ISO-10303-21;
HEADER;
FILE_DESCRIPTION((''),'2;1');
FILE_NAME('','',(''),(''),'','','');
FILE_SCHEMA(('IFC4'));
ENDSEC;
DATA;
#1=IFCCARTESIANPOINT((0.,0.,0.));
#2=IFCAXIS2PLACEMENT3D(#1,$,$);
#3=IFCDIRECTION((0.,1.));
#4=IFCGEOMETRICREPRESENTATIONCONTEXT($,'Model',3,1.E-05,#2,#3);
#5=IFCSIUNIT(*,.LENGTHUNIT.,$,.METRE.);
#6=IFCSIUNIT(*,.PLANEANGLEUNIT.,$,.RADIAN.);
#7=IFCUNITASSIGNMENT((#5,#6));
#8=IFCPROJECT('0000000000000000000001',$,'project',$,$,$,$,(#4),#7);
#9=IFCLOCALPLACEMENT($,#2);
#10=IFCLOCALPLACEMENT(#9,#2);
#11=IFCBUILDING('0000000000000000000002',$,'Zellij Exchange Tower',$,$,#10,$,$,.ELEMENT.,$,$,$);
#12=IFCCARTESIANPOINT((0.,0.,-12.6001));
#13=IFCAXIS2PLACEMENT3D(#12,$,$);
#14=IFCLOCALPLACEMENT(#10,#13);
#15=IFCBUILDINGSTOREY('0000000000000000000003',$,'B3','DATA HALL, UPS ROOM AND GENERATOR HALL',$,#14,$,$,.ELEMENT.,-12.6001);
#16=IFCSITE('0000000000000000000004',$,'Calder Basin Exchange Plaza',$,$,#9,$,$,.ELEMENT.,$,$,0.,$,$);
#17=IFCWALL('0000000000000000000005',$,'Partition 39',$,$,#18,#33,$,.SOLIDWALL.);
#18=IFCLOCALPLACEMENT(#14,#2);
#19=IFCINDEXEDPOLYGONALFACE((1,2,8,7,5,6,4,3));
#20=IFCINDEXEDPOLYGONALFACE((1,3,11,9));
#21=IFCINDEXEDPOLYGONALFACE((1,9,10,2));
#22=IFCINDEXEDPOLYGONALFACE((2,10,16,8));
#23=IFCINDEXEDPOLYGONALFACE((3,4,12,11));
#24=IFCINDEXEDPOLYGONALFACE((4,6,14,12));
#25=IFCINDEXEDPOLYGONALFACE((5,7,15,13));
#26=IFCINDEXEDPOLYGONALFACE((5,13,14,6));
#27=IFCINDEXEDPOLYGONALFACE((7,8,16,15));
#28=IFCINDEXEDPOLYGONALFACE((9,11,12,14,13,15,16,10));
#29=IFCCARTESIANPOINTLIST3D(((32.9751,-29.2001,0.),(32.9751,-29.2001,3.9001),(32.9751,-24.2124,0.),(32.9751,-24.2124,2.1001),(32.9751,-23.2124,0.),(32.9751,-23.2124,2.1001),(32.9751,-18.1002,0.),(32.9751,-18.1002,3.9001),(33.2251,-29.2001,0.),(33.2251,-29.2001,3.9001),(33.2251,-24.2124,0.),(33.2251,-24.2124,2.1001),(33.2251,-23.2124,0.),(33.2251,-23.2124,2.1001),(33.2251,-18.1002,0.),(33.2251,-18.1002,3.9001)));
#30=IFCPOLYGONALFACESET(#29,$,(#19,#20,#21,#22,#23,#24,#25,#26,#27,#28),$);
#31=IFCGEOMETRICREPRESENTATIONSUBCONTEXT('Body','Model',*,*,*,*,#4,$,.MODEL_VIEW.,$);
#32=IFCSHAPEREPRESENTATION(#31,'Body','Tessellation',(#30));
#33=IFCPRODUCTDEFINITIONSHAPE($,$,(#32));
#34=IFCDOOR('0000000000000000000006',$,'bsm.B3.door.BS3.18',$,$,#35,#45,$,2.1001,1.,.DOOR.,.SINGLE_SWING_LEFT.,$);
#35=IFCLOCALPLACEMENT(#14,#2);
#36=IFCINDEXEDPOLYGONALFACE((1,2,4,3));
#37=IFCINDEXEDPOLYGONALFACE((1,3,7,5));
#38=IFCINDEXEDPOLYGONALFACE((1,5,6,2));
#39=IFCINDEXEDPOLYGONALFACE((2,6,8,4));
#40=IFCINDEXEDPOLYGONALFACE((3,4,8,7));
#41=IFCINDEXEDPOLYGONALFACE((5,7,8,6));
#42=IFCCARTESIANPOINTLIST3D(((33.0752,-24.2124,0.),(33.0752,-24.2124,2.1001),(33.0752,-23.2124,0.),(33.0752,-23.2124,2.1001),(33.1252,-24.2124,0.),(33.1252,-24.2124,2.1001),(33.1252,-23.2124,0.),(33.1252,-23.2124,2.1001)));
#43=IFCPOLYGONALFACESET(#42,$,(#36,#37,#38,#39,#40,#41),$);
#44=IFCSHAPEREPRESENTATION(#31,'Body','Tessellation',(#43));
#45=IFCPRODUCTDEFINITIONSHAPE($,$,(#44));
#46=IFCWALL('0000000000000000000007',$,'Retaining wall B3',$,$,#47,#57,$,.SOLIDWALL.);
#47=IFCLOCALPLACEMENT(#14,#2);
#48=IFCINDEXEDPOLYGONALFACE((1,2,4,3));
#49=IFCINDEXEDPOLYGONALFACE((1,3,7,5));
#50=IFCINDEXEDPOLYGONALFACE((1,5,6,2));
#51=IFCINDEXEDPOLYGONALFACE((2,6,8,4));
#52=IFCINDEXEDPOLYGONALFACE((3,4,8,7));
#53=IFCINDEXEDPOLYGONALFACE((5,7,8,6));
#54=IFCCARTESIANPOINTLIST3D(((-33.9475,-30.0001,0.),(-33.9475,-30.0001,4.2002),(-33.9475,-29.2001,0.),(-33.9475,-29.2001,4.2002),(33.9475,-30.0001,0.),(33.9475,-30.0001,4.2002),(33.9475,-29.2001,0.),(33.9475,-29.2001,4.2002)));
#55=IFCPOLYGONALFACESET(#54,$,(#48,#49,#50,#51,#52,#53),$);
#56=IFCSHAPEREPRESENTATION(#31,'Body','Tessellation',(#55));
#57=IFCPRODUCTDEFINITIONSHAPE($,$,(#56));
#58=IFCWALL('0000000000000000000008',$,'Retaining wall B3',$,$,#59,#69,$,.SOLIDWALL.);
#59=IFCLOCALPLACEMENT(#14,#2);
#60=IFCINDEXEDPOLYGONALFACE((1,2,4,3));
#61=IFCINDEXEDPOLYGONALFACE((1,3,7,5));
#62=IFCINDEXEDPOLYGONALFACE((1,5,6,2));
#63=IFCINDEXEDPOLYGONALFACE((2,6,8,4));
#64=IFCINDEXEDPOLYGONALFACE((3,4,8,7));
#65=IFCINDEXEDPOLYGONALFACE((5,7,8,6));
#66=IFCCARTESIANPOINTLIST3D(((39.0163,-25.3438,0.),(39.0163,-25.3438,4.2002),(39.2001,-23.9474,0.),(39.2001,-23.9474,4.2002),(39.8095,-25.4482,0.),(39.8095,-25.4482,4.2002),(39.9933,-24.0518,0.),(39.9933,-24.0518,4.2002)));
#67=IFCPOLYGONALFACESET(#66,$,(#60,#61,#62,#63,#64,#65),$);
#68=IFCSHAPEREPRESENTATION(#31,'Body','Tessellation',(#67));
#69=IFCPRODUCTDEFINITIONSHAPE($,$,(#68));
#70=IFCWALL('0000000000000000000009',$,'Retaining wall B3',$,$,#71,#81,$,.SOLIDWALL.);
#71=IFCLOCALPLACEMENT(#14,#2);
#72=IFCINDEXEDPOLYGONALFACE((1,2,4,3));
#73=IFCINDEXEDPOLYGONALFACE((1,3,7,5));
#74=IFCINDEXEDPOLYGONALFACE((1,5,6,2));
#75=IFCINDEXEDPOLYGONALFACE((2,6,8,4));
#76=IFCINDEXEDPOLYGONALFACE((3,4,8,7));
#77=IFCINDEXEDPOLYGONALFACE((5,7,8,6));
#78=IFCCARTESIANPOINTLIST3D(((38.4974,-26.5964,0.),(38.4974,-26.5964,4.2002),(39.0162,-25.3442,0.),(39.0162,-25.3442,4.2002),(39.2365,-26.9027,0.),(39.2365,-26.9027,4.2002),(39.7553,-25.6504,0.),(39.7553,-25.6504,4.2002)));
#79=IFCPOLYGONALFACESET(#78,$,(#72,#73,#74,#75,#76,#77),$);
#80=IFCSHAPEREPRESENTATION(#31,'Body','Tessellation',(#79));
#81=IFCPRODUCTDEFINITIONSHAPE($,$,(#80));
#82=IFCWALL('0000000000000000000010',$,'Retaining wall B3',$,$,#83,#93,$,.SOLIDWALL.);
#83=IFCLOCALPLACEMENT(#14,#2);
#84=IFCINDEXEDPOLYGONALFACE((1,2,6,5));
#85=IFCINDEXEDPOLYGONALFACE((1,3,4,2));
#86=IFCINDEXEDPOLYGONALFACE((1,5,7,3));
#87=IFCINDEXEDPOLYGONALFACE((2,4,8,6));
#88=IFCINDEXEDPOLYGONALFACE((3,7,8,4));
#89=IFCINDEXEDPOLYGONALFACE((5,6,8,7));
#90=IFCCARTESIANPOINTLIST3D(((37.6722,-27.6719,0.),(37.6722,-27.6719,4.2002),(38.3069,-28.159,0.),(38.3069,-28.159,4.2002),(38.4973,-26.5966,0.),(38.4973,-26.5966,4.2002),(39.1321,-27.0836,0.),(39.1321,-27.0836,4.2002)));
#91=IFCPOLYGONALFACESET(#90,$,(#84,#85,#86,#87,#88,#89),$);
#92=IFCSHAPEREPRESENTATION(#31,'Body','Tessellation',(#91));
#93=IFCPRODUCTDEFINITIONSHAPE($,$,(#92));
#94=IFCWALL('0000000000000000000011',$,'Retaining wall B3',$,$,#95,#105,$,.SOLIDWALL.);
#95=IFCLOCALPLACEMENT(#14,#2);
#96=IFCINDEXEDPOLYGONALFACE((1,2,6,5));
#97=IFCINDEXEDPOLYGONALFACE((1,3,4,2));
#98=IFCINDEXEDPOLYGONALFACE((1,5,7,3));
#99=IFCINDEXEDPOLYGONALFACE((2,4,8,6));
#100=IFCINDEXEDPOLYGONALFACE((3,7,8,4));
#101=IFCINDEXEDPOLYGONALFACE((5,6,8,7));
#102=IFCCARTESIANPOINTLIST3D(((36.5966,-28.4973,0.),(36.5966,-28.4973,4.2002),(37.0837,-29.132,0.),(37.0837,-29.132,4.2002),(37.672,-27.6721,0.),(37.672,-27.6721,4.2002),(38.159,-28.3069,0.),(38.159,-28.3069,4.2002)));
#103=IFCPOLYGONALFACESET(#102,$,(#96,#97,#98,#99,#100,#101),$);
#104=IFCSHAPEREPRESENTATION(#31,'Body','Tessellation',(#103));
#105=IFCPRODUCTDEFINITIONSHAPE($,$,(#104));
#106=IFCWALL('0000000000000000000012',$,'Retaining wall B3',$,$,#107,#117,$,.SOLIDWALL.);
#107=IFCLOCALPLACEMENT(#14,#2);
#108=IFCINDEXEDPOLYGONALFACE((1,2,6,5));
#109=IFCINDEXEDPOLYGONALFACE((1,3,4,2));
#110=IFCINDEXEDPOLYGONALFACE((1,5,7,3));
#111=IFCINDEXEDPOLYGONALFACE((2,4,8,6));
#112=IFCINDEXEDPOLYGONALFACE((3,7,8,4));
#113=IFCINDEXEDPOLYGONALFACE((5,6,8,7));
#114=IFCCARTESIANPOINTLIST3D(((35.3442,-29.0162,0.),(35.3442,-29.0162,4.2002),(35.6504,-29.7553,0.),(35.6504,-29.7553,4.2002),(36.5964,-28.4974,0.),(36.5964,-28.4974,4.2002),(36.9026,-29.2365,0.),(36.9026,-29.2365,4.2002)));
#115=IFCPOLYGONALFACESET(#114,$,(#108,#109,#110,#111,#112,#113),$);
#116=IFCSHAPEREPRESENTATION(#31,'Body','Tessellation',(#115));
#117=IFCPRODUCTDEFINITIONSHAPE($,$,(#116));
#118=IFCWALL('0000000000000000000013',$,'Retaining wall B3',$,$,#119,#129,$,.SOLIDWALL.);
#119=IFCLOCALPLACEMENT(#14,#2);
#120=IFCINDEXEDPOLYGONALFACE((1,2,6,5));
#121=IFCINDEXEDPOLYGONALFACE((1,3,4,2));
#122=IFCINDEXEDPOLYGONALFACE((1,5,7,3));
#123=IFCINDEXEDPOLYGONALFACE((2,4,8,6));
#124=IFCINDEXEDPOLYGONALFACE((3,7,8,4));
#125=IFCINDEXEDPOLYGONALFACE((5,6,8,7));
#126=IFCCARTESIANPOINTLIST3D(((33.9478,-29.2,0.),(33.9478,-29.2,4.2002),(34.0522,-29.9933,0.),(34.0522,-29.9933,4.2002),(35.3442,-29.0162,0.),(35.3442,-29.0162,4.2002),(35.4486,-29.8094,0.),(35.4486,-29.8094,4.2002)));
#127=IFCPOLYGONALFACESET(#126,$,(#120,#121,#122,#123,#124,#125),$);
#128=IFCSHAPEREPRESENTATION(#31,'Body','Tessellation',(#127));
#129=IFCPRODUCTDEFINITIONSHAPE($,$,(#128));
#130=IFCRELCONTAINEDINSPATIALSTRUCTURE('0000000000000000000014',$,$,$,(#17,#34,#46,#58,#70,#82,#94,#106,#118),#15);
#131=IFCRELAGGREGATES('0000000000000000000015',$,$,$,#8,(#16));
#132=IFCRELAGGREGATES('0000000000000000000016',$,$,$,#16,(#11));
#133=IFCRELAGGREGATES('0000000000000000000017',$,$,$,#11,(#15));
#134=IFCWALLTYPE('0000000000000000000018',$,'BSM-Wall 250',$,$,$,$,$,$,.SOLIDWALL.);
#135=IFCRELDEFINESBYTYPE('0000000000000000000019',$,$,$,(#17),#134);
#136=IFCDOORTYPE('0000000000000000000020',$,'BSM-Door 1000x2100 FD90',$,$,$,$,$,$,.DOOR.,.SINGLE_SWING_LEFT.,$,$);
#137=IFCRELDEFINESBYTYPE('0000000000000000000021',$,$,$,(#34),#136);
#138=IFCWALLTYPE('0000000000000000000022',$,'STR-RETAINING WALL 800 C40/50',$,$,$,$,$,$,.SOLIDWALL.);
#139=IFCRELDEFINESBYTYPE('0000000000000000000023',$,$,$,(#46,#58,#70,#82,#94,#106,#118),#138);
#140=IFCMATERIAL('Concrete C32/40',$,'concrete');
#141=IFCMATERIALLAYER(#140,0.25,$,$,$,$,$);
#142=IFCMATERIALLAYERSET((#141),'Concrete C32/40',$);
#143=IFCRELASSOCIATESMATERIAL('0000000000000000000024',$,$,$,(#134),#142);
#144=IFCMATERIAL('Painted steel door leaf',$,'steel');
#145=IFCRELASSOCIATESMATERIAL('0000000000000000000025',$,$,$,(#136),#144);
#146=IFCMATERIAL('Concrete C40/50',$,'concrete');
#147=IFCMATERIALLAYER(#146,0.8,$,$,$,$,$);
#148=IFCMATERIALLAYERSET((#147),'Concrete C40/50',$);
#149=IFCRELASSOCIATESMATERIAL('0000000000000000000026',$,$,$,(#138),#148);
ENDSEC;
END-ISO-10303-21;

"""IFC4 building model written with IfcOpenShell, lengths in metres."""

from ifc_helpers import new_model, si_unit, direction, frame, frame_2d, origin, place, context, subcontext, project, spatial, rectangle, extrude, material, layer, layer_set, type_object, element, fill, save


model = new_model("IFC4")

# Units and contexts
model_context = context("Model", 3, precision=1e-05, world=origin(), true_north=direction((0.0, 1.0)))
body_context = subcontext(model_context, "Body", "Model", "MODEL_VIEW")
ifc_project = project(units=[si_unit("LENGTHUNIT", "METRE"), si_unit("PLANEANGLEUNIT", "RADIAN")], contexts=[model_context])

# Site, building, storey
site_placement = place(None, origin())
site = spatial("IfcSite", under=ifc_project, at=site_placement, Name="Calder Basin Exchange Plaza", CompositionType="ELEMENT", RefElevation=0.0)
building_placement = place(site_placement, origin())
building = spatial("IfcBuilding", under=site, at=building_placement, Name="Zellij Exchange Tower", CompositionType="ELEMENT")
storey_placement = place(building_placement, frame((0.0, 0.0, -12.6001)))
storey = spatial("IfcBuildingStorey", under=building, at=storey_placement, Name="B3", Description="DATA HALL, UPS ROOM AND GENERATOR HALL", CompositionType="ELEMENT", Elevation=-12.6001)

# Shared definitions
ifc_material_1 = material(Name="Concrete C40/50", Category="concrete")

# Shared definitions
ifc_material_2 = material(Name="Concrete C32/40", Category="concrete")
ifc_layer_1 = layer(ifc_material_2, 0.25)
ifc_layer_set_1 = layer_set([ifc_layer_1], Name="Concrete C32/40")
wall_type_1 = type_object("IfcWallType", Name="BSM-Wall 250", PredefinedType="SOLIDWALL", material=ifc_layer_set_1)

# Wall, opening, door
wall_1_placement = place(storey_placement, frame((33.1001, -29.2, 0.0), z_axis=(0.0, 0.0, 1.0), x_axis=(0.0, 1.0, 0.0)))
wall_1 = element("IfcWall", 1, at=wall_1_placement, inside=storey, type_object=wall_type_1, Name="Partition 39", PredefinedType="SOLIDWALL", context=body_context, shape_type="SweptSolid", body=[
    extrude(rectangle(XDim=11.0999, YDim=0.25, at=frame_2d((5.5498, 0.0))), origin(), (0.0, 0.0, 1.0), 3.9001),
])
opening_placement = place(wall_1_placement, frame((4.9875, 0.0, 0.0)))
opening = element("IfcOpeningElement", 2, at=opening_placement, cuts=wall_1, PredefinedType="OPENING", context=body_context, shape_type="SweptSolid", body=[
    extrude(rectangle(XDim=1.0, YDim=2.1001, at=frame_2d((0.5, 1.05))), frame((0.0, 0.137, 0.0), z_axis=(0.0, -1.0, 0.0), x_axis=(1.0, 0.0, 0.0)), (0.0, 0.0, 1.0), 0.2739),
])
ifc_material_3 = material(Name="Painted steel door leaf", Category="steel")
door_type = type_object("IfcDoorType", Name="BSM-Door 1000x2100 FD90", OperationType="SINGLE_SWING_LEFT", PredefinedType="DOOR", material=ifc_material_3)
door_placement = place(opening_placement, origin())
door = element("IfcDoor", 3, at=door_placement, inside=storey, type_object=door_type, Name="bsm.B3.door.BS3.18", OperationType="SINGLE_SWING_LEFT", OverallHeight=2.1001, OverallWidth=1.0, PredefinedType="DOOR", context=body_context, shape_type="SweptSolid", body=[
    extrude(rectangle(XDim=1.0, YDim=2.1001, at=frame_2d((0.5, 1.05))), frame((0.0, 0.0249, 0.0), z_axis=(0.0, -1.0, 0.0), x_axis=(1.0, 0.0, 0.0)), (0.0, 0.0, 1.0), 0.05),
])
fill(opening, door)

# Walls
ifc_layer_2 = layer(ifc_material_1, 0.8)
ifc_layer_set_2 = layer_set([ifc_layer_2], Name="Concrete C40/50")
wall_type_2 = type_object("IfcWallType", Name="STR-RETAINING WALL 800 C40/50", PredefinedType="SOLIDWALL", material=ifc_layer_set_2)
wall_2_placement = place(storey_placement, frame((33.9475, -29.6001, 0.0), z_axis=(0.0, 0.0, 1.0), x_axis=(-1.0, 0.0, 0.0)))
element("IfcWall", 4, at=wall_2_placement, inside=storey, type_object=wall_type_2, Name="Retaining wall B3", PredefinedType="SOLIDWALL", context=body_context, shape_type="SweptSolid", body=[
    extrude(rectangle(XDim=67.895, YDim=0.8, at=frame_2d((33.9475, 0.0))), origin(), (0.0, 0.0, 1.0), 4.2002),
])
wall_3_placement = place(storey_placement, frame((39.5967, -23.9998, 0.0), z_axis=(0.0, 0.0, 1.0), x_axis=(-0.130517, -0.991446, 0.0)))
element("IfcWall", 5, at=wall_3_placement, inside=storey, type_object=wall_type_2, Name="Retaining wall B3", PredefinedType="SOLIDWALL", context=body_context, shape_type="SweptSolid", body=[
    extrude(rectangle(XDim=1.4084, YDim=0.8, at=frame_2d((0.7041, 0.0))), origin(), (0.0, 0.0, 1.0), 4.2002),
])
for number, where, z_axis, x_axis, name in (
    (6, (39.3857, -25.4973, 0.0), (0.0, 0.0, 1.0), (-0.38276, -0.923848, 0.0), "Retaining wall B3"),
    (7, (38.8147, -26.8401, 0.0), (0.0, 0.0, 1.0), (-0.608753, -0.79336, 0.0), "Retaining wall B3"),
    (8, (37.9155, -27.9895, 0.0), (0.0, 0.0, 1.0), (-0.79336, -0.608753, 0.0), "Retaining wall B3"),
    (9, (36.7495, -28.8669, 0.0), (0.0, 0.0, 1.0), (-0.923848, -0.38276, 0.0), "Retaining wall B3"),
):
    element("IfcWall", number, at=place(storey_placement, frame(where, z_axis=z_axis, x_axis=x_axis)), inside=storey, type_object=wall_type_2, Name=name, PredefinedType="SOLIDWALL", context=body_context, shape_type="SweptSolid", body=[
        extrude(rectangle(XDim=1.3555, YDim=0.8, at=frame_2d((0.6777, 0.0))), origin(), (0.0, 0.0, 1.0), 4.2002),
    ])
wall_4_placement = place(storey_placement, frame((35.3962, -29.4128, 0.0), z_axis=(0.0, 0.0, 1.0), x_axis=(-0.991446, -0.130517, 0.0)))
element("IfcWall", 10, at=wall_4_placement, inside=storey, type_object=wall_type_2, Name="Retaining wall B3", PredefinedType="SOLIDWALL", context=body_context, shape_type="SweptSolid", body=[
    extrude(rectangle(XDim=1.4084, YDim=0.8, at=frame_2d((0.7041, 0.0))), origin(), (0.0, 0.0, 1.0), 4.2002),
])

save(model, "model.ifc")
